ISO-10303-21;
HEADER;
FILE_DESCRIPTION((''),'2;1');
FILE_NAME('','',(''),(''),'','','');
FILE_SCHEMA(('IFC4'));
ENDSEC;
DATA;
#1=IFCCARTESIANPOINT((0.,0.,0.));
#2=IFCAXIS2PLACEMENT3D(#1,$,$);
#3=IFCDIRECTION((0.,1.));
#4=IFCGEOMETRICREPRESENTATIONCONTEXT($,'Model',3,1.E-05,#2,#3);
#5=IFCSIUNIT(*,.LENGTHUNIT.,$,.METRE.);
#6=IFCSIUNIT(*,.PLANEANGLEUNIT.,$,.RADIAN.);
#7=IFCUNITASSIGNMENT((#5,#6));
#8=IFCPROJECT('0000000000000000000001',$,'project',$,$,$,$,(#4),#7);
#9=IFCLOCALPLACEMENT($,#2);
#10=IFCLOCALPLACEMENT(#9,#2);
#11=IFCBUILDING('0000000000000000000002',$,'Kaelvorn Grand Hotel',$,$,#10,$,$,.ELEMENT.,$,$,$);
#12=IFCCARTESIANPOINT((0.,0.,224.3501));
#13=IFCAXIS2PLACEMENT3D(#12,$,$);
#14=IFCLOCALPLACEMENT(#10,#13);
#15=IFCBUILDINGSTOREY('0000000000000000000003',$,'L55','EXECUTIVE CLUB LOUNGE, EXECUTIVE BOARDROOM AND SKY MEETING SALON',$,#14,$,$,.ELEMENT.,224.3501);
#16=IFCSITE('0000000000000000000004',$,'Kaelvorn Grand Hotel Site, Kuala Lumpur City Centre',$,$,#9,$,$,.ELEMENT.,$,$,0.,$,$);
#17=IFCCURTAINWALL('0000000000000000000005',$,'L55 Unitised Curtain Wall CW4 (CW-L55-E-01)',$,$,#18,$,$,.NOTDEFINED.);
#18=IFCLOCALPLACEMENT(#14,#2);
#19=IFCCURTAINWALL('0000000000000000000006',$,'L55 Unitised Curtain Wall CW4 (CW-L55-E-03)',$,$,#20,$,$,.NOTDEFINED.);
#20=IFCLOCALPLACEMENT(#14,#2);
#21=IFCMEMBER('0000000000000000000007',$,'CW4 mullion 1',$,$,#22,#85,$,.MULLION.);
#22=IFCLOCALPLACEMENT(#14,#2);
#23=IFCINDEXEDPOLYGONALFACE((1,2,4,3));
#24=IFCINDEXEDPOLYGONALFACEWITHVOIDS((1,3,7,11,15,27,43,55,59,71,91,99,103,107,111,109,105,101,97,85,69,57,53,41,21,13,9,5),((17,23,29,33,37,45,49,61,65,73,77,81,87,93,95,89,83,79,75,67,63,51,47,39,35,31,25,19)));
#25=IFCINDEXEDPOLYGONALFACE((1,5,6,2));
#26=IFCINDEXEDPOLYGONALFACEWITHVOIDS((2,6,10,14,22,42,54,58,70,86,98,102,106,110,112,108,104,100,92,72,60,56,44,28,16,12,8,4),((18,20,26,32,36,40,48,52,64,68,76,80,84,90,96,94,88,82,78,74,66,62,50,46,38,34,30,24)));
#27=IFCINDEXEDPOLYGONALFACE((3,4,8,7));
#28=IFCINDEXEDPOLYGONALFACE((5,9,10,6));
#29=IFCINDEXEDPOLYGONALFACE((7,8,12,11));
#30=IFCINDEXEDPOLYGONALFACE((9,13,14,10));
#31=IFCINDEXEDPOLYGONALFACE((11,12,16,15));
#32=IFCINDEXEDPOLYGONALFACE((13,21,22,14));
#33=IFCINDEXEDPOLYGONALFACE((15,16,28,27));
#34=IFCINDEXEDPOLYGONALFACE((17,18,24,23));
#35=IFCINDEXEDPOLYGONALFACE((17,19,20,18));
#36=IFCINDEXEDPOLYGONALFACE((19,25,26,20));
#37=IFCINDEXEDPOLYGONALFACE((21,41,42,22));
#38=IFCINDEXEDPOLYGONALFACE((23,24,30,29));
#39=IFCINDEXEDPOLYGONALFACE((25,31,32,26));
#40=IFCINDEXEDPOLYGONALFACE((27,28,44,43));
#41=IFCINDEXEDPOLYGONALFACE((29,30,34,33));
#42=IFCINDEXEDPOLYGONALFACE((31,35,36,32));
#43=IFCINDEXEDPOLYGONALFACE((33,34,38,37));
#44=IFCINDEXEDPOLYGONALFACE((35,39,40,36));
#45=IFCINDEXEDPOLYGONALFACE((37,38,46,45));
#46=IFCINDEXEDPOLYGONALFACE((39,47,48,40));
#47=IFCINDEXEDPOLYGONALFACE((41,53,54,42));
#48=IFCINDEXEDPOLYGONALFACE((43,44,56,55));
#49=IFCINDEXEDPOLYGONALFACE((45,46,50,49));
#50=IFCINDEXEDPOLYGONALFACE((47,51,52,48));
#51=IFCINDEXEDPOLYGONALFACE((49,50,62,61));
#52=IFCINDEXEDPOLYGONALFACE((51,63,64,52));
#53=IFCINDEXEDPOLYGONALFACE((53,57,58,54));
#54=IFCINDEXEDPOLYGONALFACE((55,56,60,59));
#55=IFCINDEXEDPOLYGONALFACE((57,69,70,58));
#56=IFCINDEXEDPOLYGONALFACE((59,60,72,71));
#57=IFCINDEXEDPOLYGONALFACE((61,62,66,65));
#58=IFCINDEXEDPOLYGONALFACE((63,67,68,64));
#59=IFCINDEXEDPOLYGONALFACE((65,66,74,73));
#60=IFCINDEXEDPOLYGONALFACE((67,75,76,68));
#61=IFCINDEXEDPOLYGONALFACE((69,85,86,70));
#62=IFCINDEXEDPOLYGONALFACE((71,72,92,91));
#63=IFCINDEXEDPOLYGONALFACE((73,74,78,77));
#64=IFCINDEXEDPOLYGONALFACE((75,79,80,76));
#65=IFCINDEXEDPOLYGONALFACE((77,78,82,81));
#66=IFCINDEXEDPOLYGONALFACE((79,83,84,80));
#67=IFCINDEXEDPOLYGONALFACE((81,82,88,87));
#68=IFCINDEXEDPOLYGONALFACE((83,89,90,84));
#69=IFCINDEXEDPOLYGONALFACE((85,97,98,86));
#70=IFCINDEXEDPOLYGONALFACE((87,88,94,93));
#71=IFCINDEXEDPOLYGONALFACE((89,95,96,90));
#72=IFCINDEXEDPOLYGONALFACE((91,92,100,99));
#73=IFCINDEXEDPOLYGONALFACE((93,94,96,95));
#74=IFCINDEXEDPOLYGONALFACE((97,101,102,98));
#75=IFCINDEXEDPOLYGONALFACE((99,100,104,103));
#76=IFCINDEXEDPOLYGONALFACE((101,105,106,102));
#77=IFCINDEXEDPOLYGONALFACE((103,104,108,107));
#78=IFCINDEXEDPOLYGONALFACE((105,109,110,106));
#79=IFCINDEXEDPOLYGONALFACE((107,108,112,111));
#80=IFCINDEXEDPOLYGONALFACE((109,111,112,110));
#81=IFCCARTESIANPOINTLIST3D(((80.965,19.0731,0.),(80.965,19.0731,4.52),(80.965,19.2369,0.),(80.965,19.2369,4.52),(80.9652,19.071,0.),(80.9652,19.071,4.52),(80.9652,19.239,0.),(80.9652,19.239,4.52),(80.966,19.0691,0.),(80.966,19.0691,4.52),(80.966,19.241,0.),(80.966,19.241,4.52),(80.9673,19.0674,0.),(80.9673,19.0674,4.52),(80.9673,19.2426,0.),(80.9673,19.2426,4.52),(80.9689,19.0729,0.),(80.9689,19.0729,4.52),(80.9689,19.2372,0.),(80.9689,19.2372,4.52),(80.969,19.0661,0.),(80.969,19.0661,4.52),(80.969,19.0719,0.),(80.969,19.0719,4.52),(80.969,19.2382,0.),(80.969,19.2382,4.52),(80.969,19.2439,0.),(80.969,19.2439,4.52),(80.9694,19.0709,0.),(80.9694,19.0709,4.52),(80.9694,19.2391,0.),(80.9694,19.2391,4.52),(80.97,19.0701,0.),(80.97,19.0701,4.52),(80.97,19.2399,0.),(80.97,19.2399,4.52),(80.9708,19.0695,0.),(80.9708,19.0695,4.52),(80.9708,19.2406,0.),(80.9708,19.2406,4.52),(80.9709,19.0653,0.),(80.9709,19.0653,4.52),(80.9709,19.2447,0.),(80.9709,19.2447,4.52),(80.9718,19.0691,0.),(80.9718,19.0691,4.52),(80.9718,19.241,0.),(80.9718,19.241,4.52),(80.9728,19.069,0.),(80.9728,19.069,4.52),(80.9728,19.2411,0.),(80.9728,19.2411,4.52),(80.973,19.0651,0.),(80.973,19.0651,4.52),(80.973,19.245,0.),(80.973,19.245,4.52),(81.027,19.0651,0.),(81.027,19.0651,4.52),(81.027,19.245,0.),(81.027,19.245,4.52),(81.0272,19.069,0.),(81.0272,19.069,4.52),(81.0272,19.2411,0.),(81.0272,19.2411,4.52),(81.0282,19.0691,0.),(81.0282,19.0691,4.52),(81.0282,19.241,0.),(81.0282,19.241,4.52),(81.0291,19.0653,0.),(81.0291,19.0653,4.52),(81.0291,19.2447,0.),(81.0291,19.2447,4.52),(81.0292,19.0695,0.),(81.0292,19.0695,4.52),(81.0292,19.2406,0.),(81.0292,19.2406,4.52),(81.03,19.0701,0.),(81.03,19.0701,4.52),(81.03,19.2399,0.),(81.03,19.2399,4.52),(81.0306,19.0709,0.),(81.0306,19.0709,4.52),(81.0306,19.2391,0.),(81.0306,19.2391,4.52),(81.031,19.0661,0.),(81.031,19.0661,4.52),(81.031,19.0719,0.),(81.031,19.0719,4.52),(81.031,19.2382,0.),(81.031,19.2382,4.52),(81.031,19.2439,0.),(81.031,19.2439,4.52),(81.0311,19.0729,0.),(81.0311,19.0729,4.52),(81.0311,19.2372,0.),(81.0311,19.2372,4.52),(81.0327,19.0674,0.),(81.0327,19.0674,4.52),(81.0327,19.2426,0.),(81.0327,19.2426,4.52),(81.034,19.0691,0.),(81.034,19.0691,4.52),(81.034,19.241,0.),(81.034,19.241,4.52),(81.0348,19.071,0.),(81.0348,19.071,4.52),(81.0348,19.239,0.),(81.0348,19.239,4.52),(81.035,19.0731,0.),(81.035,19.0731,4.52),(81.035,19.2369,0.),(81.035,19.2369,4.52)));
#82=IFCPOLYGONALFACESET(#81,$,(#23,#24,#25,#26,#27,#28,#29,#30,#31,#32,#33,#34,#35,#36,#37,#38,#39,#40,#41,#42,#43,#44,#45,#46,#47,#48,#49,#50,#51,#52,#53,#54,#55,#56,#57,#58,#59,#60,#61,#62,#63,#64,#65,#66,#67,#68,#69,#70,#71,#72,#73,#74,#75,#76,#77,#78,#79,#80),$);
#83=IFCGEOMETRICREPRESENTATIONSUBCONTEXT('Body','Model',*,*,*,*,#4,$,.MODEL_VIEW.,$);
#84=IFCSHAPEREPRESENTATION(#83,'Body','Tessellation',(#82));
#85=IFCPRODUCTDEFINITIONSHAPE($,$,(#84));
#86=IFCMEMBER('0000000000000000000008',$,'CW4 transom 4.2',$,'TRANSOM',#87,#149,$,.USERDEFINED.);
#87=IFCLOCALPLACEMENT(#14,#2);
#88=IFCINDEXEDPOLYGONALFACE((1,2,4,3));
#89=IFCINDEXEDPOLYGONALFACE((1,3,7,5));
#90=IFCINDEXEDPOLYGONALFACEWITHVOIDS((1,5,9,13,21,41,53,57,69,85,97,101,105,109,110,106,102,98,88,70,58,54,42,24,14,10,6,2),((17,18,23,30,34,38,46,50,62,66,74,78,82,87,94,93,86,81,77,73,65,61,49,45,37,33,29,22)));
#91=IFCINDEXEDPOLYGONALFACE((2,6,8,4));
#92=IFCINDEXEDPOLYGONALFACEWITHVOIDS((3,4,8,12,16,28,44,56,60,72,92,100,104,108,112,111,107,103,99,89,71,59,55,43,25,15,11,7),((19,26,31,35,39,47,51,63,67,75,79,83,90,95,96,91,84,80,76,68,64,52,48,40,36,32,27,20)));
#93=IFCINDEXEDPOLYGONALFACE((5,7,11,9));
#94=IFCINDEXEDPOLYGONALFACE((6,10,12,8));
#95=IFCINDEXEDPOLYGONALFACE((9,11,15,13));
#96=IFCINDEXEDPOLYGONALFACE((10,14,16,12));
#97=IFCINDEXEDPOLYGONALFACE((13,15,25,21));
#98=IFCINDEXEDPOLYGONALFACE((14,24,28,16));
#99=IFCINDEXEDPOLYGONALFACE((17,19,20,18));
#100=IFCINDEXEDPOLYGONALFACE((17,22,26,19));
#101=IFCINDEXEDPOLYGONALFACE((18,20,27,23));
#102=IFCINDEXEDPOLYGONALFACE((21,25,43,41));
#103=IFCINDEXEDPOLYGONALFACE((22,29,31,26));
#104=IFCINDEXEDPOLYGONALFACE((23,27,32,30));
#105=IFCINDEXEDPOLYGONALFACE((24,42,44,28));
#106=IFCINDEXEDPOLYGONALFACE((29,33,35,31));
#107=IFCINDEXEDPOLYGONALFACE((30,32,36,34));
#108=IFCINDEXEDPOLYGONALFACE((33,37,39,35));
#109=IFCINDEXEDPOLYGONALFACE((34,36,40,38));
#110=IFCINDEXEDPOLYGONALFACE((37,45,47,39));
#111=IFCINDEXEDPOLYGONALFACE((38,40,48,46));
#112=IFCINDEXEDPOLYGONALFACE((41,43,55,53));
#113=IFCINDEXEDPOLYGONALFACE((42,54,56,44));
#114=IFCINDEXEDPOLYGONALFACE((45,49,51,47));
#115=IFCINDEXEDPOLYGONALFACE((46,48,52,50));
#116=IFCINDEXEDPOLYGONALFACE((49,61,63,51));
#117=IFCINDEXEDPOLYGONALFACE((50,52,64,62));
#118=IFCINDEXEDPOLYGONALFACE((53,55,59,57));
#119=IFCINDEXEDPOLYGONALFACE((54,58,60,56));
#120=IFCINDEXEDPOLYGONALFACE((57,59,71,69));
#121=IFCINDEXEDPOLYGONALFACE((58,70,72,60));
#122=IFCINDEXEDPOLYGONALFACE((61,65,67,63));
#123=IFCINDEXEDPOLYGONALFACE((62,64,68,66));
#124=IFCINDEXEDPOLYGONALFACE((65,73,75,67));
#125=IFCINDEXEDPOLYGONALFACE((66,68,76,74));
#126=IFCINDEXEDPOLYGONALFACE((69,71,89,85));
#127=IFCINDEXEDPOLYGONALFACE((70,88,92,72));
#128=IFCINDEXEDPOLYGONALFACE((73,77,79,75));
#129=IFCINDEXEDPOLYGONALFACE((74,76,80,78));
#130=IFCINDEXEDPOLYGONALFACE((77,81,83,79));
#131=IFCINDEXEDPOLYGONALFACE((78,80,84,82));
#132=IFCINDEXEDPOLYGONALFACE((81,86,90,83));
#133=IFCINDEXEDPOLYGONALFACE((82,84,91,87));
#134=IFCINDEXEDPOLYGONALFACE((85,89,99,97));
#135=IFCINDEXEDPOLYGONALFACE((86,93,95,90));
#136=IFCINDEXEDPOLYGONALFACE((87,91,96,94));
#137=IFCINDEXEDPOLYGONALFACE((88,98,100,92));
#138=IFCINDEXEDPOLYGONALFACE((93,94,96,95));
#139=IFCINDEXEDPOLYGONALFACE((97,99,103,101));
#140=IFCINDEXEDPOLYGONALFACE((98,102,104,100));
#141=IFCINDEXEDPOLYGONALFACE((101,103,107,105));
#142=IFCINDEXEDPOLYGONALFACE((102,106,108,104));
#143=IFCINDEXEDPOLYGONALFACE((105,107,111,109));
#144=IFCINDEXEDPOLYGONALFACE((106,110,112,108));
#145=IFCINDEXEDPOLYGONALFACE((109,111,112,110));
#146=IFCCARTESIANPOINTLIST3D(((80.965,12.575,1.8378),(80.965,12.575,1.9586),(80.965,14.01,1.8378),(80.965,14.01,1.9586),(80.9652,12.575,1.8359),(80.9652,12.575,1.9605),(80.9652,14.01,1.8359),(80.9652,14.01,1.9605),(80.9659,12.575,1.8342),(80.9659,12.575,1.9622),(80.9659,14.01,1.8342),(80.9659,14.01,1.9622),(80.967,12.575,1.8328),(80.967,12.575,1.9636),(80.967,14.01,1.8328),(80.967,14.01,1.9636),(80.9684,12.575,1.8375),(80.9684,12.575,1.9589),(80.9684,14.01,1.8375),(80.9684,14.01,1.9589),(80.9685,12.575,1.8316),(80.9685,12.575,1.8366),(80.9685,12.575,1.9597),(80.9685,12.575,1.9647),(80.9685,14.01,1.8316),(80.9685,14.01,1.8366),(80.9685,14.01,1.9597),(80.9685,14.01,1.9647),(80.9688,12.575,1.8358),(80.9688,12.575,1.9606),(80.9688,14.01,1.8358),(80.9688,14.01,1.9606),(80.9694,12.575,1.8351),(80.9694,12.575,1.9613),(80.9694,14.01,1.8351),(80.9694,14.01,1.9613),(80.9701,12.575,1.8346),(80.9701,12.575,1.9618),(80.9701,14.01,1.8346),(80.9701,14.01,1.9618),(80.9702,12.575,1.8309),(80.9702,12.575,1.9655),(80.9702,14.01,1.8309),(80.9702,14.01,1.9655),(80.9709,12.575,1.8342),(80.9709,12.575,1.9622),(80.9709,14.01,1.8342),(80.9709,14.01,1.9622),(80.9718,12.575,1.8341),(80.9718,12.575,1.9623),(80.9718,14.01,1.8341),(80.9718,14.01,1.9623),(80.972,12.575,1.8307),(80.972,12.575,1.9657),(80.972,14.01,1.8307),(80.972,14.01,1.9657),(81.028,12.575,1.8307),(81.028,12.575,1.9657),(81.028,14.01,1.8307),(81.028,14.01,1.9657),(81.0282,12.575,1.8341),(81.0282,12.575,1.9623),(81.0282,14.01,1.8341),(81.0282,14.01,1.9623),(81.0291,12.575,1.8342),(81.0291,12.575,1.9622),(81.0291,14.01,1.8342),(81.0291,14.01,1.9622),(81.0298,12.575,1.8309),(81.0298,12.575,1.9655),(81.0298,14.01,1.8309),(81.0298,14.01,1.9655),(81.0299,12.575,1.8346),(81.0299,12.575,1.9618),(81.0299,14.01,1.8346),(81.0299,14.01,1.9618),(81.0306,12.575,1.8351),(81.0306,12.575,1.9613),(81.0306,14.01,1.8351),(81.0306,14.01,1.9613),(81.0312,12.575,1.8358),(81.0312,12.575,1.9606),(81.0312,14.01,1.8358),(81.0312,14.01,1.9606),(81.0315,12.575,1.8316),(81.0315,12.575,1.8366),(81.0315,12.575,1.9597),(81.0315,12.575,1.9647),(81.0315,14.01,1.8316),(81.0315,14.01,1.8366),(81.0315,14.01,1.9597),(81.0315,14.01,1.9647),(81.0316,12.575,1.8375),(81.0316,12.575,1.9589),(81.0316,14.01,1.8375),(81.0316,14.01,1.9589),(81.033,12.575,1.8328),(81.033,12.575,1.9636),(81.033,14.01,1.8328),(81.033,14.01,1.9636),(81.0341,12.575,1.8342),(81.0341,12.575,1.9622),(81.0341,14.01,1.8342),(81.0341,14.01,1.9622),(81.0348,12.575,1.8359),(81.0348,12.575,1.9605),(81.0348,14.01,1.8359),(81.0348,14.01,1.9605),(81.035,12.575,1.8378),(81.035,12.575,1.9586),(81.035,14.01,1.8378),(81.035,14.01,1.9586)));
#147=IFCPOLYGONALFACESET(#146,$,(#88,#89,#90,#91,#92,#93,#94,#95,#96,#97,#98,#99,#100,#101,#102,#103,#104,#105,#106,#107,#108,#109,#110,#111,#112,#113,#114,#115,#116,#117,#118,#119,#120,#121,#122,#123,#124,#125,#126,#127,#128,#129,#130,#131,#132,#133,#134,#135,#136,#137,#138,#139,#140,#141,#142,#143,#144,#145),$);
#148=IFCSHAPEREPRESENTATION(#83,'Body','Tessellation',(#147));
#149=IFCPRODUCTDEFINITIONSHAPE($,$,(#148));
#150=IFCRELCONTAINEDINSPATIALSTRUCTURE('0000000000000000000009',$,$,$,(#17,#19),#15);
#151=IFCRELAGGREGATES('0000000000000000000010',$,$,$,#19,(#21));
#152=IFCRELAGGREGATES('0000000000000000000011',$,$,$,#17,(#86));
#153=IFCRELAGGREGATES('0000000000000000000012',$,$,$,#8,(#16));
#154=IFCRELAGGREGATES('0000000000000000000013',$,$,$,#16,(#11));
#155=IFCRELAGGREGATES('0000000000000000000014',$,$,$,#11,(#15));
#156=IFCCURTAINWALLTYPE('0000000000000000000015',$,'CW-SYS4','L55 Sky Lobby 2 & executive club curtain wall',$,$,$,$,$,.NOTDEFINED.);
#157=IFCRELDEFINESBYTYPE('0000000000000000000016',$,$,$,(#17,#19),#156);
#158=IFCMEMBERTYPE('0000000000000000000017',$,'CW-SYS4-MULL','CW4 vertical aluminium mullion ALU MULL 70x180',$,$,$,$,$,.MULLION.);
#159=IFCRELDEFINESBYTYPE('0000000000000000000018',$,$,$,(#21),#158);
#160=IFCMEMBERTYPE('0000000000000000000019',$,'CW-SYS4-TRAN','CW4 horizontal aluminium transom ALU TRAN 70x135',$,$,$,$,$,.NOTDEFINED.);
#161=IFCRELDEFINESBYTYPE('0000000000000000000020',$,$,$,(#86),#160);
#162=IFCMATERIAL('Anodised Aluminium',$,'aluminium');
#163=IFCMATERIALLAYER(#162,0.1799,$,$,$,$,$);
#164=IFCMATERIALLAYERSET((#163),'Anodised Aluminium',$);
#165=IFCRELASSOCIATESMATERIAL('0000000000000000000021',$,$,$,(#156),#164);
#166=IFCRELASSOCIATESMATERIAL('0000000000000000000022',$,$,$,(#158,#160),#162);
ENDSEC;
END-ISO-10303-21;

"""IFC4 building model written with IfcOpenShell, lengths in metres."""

from ifc_helpers import new_model, si_unit, direction, frame, origin, origin_2d, place, context, subcontext, project, spatial, hollow_rectangle, extrude, material, layer, layer_set, material_profile, profile_set, type_object, element, aggregate, save


model = new_model("IFC4")

# Units and contexts
model_context = context("Model", 3, precision=1e-05, world=origin(), true_north=direction((0.0, 1.0)))
body_context = subcontext(model_context, "Body", "Model", "MODEL_VIEW")
ifc_project = project(units=[si_unit("LENGTHUNIT", "METRE"), si_unit("PLANEANGLEUNIT", "RADIAN")], contexts=[model_context])

# Site, building, storey
site_placement = place(None, origin())
site = spatial("IfcSite", under=ifc_project, at=site_placement, Name="Kaelvorn Grand Hotel Site, Kuala Lumpur City Centre", CompositionType="ELEMENT", RefElevation=0.0)
building_placement = place(site_placement, origin())
building = spatial("IfcBuilding", under=site, at=building_placement, Name="Kaelvorn Grand Hotel", CompositionType="ELEMENT")
storey_placement = place(building_placement, frame((0.0, 0.0, 224.3501)))
storey = spatial("IfcBuildingStorey", under=building, at=storey_placement, Name="L55", Description="EXECUTIVE CLUB LOUNGE, EXECUTIVE BOARDROOM AND SKY MEETING SALON", CompositionType="ELEMENT", Elevation=224.3501)

# Curtain wall
ifc_material_1 = material(Name="Anodised Aluminium", Category="aluminium")
ifc_layer_1 = layer(ifc_material_1, 0.1799)
ifc_layer_set_1 = layer_set([ifc_layer_1], Name="Anodised Aluminium")
curtain_wall_type = type_object("IfcCurtainWallType", Name="CW-SYS4", Description="L55 Sky Lobby 2 & executive club curtain wall", PredefinedType="NOTDEFINED", material=ifc_layer_set_1)
curtain_wall_1_placement = place(storey_placement, origin())
curtain_wall_1 = element("IfcCurtainWall", 1, at=curtain_wall_1_placement, inside=storey, type_object=curtain_wall_type, Name="L55 Unitised Curtain Wall CW4 (CW-L55-E-01)", PredefinedType="NOTDEFINED")
ifc_material_profile_1 = material_profile(ifc_material_1, hollow_rectangle(XDim=0.0701, YDim=0.1799, WallThickness=0.0039, InnerFilletRadius=0.0039, OuterFilletRadius=0.0081, at=origin_2d()), Name="ALU MULL 70x180")
ifc_profile_set_1 = profile_set([ifc_material_profile_1], Name="Anodised Aluminium")
member_type_1 = type_object("IfcMemberType", Name="CW-SYS4-MULL", Description="CW4 vertical aluminium mullion ALU MULL 70x180", PredefinedType="MULLION", material=ifc_profile_set_1)

# Curtain wall, member
curtain_wall_2_placement = place(storey_placement, origin())
curtain_wall_2 = element("IfcCurtainWall", 2, at=curtain_wall_2_placement, inside=storey, type_object=curtain_wall_type, Name="L55 Unitised Curtain Wall CW4 (CW-L55-E-03)", PredefinedType="NOTDEFINED")
member_1_placement = place(storey_placement, frame((81.0, 19.155, 0.0), z_axis=(0.0, 0.0, 1.0), x_axis=(-1.0, 0.0, 0.0)))
member_1 = element("IfcMember", 3, at=member_1_placement, type_object=member_type_1, Name="CW4 mullion 1", PredefinedType="MULLION", context=body_context, shape_type="SweptSolid", body=[
    extrude(hollow_rectangle(XDim=0.0701, YDim=0.1799, WallThickness=0.0039, InnerFilletRadius=0.0039, OuterFilletRadius=0.0081, at=origin_2d()), origin(), (0.0, 0.0, 1.0), 4.52),
])

# Member
ifc_material_profile_2 = material_profile(ifc_material_1, hollow_rectangle(XDim=0.0701, YDim=0.135, WallThickness=0.0034, InnerFilletRadius=0.0034, OuterFilletRadius=0.0071, at=origin_2d()), Name="ALU TRAN 70x135")
ifc_profile_set_2 = profile_set([ifc_material_profile_2], Name="Anodised Aluminium")
member_type_2 = type_object("IfcMemberType", Name="CW-SYS4-TRAN", Description="CW4 horizontal aluminium transom ALU TRAN 70x135", PredefinedType="NOTDEFINED", material=ifc_profile_set_2)
member_2_placement = place(storey_placement, frame((81.0, 12.575, 1.8982), z_axis=(0.0, 1.0, 0.0), x_axis=(-1.0, 0.0, 0.0)))
member_2 = element("IfcMember", 4, at=member_2_placement, type_object=member_type_2, Name="CW4 transom 4.2", ObjectType="TRANSOM", PredefinedType="USERDEFINED", context=body_context, shape_type="SweptSolid", body=[
    extrude(hollow_rectangle(XDim=0.0701, YDim=0.135, WallThickness=0.0034, InnerFilletRadius=0.0034, OuterFilletRadius=0.0071, at=origin_2d()), origin(), (0.0, 0.0, 1.0), 1.4351),
])
aggregate(curtain_wall_2, [member_1])

aggregate(curtain_wall_1, [member_2])

save(model, "model.ifc")
